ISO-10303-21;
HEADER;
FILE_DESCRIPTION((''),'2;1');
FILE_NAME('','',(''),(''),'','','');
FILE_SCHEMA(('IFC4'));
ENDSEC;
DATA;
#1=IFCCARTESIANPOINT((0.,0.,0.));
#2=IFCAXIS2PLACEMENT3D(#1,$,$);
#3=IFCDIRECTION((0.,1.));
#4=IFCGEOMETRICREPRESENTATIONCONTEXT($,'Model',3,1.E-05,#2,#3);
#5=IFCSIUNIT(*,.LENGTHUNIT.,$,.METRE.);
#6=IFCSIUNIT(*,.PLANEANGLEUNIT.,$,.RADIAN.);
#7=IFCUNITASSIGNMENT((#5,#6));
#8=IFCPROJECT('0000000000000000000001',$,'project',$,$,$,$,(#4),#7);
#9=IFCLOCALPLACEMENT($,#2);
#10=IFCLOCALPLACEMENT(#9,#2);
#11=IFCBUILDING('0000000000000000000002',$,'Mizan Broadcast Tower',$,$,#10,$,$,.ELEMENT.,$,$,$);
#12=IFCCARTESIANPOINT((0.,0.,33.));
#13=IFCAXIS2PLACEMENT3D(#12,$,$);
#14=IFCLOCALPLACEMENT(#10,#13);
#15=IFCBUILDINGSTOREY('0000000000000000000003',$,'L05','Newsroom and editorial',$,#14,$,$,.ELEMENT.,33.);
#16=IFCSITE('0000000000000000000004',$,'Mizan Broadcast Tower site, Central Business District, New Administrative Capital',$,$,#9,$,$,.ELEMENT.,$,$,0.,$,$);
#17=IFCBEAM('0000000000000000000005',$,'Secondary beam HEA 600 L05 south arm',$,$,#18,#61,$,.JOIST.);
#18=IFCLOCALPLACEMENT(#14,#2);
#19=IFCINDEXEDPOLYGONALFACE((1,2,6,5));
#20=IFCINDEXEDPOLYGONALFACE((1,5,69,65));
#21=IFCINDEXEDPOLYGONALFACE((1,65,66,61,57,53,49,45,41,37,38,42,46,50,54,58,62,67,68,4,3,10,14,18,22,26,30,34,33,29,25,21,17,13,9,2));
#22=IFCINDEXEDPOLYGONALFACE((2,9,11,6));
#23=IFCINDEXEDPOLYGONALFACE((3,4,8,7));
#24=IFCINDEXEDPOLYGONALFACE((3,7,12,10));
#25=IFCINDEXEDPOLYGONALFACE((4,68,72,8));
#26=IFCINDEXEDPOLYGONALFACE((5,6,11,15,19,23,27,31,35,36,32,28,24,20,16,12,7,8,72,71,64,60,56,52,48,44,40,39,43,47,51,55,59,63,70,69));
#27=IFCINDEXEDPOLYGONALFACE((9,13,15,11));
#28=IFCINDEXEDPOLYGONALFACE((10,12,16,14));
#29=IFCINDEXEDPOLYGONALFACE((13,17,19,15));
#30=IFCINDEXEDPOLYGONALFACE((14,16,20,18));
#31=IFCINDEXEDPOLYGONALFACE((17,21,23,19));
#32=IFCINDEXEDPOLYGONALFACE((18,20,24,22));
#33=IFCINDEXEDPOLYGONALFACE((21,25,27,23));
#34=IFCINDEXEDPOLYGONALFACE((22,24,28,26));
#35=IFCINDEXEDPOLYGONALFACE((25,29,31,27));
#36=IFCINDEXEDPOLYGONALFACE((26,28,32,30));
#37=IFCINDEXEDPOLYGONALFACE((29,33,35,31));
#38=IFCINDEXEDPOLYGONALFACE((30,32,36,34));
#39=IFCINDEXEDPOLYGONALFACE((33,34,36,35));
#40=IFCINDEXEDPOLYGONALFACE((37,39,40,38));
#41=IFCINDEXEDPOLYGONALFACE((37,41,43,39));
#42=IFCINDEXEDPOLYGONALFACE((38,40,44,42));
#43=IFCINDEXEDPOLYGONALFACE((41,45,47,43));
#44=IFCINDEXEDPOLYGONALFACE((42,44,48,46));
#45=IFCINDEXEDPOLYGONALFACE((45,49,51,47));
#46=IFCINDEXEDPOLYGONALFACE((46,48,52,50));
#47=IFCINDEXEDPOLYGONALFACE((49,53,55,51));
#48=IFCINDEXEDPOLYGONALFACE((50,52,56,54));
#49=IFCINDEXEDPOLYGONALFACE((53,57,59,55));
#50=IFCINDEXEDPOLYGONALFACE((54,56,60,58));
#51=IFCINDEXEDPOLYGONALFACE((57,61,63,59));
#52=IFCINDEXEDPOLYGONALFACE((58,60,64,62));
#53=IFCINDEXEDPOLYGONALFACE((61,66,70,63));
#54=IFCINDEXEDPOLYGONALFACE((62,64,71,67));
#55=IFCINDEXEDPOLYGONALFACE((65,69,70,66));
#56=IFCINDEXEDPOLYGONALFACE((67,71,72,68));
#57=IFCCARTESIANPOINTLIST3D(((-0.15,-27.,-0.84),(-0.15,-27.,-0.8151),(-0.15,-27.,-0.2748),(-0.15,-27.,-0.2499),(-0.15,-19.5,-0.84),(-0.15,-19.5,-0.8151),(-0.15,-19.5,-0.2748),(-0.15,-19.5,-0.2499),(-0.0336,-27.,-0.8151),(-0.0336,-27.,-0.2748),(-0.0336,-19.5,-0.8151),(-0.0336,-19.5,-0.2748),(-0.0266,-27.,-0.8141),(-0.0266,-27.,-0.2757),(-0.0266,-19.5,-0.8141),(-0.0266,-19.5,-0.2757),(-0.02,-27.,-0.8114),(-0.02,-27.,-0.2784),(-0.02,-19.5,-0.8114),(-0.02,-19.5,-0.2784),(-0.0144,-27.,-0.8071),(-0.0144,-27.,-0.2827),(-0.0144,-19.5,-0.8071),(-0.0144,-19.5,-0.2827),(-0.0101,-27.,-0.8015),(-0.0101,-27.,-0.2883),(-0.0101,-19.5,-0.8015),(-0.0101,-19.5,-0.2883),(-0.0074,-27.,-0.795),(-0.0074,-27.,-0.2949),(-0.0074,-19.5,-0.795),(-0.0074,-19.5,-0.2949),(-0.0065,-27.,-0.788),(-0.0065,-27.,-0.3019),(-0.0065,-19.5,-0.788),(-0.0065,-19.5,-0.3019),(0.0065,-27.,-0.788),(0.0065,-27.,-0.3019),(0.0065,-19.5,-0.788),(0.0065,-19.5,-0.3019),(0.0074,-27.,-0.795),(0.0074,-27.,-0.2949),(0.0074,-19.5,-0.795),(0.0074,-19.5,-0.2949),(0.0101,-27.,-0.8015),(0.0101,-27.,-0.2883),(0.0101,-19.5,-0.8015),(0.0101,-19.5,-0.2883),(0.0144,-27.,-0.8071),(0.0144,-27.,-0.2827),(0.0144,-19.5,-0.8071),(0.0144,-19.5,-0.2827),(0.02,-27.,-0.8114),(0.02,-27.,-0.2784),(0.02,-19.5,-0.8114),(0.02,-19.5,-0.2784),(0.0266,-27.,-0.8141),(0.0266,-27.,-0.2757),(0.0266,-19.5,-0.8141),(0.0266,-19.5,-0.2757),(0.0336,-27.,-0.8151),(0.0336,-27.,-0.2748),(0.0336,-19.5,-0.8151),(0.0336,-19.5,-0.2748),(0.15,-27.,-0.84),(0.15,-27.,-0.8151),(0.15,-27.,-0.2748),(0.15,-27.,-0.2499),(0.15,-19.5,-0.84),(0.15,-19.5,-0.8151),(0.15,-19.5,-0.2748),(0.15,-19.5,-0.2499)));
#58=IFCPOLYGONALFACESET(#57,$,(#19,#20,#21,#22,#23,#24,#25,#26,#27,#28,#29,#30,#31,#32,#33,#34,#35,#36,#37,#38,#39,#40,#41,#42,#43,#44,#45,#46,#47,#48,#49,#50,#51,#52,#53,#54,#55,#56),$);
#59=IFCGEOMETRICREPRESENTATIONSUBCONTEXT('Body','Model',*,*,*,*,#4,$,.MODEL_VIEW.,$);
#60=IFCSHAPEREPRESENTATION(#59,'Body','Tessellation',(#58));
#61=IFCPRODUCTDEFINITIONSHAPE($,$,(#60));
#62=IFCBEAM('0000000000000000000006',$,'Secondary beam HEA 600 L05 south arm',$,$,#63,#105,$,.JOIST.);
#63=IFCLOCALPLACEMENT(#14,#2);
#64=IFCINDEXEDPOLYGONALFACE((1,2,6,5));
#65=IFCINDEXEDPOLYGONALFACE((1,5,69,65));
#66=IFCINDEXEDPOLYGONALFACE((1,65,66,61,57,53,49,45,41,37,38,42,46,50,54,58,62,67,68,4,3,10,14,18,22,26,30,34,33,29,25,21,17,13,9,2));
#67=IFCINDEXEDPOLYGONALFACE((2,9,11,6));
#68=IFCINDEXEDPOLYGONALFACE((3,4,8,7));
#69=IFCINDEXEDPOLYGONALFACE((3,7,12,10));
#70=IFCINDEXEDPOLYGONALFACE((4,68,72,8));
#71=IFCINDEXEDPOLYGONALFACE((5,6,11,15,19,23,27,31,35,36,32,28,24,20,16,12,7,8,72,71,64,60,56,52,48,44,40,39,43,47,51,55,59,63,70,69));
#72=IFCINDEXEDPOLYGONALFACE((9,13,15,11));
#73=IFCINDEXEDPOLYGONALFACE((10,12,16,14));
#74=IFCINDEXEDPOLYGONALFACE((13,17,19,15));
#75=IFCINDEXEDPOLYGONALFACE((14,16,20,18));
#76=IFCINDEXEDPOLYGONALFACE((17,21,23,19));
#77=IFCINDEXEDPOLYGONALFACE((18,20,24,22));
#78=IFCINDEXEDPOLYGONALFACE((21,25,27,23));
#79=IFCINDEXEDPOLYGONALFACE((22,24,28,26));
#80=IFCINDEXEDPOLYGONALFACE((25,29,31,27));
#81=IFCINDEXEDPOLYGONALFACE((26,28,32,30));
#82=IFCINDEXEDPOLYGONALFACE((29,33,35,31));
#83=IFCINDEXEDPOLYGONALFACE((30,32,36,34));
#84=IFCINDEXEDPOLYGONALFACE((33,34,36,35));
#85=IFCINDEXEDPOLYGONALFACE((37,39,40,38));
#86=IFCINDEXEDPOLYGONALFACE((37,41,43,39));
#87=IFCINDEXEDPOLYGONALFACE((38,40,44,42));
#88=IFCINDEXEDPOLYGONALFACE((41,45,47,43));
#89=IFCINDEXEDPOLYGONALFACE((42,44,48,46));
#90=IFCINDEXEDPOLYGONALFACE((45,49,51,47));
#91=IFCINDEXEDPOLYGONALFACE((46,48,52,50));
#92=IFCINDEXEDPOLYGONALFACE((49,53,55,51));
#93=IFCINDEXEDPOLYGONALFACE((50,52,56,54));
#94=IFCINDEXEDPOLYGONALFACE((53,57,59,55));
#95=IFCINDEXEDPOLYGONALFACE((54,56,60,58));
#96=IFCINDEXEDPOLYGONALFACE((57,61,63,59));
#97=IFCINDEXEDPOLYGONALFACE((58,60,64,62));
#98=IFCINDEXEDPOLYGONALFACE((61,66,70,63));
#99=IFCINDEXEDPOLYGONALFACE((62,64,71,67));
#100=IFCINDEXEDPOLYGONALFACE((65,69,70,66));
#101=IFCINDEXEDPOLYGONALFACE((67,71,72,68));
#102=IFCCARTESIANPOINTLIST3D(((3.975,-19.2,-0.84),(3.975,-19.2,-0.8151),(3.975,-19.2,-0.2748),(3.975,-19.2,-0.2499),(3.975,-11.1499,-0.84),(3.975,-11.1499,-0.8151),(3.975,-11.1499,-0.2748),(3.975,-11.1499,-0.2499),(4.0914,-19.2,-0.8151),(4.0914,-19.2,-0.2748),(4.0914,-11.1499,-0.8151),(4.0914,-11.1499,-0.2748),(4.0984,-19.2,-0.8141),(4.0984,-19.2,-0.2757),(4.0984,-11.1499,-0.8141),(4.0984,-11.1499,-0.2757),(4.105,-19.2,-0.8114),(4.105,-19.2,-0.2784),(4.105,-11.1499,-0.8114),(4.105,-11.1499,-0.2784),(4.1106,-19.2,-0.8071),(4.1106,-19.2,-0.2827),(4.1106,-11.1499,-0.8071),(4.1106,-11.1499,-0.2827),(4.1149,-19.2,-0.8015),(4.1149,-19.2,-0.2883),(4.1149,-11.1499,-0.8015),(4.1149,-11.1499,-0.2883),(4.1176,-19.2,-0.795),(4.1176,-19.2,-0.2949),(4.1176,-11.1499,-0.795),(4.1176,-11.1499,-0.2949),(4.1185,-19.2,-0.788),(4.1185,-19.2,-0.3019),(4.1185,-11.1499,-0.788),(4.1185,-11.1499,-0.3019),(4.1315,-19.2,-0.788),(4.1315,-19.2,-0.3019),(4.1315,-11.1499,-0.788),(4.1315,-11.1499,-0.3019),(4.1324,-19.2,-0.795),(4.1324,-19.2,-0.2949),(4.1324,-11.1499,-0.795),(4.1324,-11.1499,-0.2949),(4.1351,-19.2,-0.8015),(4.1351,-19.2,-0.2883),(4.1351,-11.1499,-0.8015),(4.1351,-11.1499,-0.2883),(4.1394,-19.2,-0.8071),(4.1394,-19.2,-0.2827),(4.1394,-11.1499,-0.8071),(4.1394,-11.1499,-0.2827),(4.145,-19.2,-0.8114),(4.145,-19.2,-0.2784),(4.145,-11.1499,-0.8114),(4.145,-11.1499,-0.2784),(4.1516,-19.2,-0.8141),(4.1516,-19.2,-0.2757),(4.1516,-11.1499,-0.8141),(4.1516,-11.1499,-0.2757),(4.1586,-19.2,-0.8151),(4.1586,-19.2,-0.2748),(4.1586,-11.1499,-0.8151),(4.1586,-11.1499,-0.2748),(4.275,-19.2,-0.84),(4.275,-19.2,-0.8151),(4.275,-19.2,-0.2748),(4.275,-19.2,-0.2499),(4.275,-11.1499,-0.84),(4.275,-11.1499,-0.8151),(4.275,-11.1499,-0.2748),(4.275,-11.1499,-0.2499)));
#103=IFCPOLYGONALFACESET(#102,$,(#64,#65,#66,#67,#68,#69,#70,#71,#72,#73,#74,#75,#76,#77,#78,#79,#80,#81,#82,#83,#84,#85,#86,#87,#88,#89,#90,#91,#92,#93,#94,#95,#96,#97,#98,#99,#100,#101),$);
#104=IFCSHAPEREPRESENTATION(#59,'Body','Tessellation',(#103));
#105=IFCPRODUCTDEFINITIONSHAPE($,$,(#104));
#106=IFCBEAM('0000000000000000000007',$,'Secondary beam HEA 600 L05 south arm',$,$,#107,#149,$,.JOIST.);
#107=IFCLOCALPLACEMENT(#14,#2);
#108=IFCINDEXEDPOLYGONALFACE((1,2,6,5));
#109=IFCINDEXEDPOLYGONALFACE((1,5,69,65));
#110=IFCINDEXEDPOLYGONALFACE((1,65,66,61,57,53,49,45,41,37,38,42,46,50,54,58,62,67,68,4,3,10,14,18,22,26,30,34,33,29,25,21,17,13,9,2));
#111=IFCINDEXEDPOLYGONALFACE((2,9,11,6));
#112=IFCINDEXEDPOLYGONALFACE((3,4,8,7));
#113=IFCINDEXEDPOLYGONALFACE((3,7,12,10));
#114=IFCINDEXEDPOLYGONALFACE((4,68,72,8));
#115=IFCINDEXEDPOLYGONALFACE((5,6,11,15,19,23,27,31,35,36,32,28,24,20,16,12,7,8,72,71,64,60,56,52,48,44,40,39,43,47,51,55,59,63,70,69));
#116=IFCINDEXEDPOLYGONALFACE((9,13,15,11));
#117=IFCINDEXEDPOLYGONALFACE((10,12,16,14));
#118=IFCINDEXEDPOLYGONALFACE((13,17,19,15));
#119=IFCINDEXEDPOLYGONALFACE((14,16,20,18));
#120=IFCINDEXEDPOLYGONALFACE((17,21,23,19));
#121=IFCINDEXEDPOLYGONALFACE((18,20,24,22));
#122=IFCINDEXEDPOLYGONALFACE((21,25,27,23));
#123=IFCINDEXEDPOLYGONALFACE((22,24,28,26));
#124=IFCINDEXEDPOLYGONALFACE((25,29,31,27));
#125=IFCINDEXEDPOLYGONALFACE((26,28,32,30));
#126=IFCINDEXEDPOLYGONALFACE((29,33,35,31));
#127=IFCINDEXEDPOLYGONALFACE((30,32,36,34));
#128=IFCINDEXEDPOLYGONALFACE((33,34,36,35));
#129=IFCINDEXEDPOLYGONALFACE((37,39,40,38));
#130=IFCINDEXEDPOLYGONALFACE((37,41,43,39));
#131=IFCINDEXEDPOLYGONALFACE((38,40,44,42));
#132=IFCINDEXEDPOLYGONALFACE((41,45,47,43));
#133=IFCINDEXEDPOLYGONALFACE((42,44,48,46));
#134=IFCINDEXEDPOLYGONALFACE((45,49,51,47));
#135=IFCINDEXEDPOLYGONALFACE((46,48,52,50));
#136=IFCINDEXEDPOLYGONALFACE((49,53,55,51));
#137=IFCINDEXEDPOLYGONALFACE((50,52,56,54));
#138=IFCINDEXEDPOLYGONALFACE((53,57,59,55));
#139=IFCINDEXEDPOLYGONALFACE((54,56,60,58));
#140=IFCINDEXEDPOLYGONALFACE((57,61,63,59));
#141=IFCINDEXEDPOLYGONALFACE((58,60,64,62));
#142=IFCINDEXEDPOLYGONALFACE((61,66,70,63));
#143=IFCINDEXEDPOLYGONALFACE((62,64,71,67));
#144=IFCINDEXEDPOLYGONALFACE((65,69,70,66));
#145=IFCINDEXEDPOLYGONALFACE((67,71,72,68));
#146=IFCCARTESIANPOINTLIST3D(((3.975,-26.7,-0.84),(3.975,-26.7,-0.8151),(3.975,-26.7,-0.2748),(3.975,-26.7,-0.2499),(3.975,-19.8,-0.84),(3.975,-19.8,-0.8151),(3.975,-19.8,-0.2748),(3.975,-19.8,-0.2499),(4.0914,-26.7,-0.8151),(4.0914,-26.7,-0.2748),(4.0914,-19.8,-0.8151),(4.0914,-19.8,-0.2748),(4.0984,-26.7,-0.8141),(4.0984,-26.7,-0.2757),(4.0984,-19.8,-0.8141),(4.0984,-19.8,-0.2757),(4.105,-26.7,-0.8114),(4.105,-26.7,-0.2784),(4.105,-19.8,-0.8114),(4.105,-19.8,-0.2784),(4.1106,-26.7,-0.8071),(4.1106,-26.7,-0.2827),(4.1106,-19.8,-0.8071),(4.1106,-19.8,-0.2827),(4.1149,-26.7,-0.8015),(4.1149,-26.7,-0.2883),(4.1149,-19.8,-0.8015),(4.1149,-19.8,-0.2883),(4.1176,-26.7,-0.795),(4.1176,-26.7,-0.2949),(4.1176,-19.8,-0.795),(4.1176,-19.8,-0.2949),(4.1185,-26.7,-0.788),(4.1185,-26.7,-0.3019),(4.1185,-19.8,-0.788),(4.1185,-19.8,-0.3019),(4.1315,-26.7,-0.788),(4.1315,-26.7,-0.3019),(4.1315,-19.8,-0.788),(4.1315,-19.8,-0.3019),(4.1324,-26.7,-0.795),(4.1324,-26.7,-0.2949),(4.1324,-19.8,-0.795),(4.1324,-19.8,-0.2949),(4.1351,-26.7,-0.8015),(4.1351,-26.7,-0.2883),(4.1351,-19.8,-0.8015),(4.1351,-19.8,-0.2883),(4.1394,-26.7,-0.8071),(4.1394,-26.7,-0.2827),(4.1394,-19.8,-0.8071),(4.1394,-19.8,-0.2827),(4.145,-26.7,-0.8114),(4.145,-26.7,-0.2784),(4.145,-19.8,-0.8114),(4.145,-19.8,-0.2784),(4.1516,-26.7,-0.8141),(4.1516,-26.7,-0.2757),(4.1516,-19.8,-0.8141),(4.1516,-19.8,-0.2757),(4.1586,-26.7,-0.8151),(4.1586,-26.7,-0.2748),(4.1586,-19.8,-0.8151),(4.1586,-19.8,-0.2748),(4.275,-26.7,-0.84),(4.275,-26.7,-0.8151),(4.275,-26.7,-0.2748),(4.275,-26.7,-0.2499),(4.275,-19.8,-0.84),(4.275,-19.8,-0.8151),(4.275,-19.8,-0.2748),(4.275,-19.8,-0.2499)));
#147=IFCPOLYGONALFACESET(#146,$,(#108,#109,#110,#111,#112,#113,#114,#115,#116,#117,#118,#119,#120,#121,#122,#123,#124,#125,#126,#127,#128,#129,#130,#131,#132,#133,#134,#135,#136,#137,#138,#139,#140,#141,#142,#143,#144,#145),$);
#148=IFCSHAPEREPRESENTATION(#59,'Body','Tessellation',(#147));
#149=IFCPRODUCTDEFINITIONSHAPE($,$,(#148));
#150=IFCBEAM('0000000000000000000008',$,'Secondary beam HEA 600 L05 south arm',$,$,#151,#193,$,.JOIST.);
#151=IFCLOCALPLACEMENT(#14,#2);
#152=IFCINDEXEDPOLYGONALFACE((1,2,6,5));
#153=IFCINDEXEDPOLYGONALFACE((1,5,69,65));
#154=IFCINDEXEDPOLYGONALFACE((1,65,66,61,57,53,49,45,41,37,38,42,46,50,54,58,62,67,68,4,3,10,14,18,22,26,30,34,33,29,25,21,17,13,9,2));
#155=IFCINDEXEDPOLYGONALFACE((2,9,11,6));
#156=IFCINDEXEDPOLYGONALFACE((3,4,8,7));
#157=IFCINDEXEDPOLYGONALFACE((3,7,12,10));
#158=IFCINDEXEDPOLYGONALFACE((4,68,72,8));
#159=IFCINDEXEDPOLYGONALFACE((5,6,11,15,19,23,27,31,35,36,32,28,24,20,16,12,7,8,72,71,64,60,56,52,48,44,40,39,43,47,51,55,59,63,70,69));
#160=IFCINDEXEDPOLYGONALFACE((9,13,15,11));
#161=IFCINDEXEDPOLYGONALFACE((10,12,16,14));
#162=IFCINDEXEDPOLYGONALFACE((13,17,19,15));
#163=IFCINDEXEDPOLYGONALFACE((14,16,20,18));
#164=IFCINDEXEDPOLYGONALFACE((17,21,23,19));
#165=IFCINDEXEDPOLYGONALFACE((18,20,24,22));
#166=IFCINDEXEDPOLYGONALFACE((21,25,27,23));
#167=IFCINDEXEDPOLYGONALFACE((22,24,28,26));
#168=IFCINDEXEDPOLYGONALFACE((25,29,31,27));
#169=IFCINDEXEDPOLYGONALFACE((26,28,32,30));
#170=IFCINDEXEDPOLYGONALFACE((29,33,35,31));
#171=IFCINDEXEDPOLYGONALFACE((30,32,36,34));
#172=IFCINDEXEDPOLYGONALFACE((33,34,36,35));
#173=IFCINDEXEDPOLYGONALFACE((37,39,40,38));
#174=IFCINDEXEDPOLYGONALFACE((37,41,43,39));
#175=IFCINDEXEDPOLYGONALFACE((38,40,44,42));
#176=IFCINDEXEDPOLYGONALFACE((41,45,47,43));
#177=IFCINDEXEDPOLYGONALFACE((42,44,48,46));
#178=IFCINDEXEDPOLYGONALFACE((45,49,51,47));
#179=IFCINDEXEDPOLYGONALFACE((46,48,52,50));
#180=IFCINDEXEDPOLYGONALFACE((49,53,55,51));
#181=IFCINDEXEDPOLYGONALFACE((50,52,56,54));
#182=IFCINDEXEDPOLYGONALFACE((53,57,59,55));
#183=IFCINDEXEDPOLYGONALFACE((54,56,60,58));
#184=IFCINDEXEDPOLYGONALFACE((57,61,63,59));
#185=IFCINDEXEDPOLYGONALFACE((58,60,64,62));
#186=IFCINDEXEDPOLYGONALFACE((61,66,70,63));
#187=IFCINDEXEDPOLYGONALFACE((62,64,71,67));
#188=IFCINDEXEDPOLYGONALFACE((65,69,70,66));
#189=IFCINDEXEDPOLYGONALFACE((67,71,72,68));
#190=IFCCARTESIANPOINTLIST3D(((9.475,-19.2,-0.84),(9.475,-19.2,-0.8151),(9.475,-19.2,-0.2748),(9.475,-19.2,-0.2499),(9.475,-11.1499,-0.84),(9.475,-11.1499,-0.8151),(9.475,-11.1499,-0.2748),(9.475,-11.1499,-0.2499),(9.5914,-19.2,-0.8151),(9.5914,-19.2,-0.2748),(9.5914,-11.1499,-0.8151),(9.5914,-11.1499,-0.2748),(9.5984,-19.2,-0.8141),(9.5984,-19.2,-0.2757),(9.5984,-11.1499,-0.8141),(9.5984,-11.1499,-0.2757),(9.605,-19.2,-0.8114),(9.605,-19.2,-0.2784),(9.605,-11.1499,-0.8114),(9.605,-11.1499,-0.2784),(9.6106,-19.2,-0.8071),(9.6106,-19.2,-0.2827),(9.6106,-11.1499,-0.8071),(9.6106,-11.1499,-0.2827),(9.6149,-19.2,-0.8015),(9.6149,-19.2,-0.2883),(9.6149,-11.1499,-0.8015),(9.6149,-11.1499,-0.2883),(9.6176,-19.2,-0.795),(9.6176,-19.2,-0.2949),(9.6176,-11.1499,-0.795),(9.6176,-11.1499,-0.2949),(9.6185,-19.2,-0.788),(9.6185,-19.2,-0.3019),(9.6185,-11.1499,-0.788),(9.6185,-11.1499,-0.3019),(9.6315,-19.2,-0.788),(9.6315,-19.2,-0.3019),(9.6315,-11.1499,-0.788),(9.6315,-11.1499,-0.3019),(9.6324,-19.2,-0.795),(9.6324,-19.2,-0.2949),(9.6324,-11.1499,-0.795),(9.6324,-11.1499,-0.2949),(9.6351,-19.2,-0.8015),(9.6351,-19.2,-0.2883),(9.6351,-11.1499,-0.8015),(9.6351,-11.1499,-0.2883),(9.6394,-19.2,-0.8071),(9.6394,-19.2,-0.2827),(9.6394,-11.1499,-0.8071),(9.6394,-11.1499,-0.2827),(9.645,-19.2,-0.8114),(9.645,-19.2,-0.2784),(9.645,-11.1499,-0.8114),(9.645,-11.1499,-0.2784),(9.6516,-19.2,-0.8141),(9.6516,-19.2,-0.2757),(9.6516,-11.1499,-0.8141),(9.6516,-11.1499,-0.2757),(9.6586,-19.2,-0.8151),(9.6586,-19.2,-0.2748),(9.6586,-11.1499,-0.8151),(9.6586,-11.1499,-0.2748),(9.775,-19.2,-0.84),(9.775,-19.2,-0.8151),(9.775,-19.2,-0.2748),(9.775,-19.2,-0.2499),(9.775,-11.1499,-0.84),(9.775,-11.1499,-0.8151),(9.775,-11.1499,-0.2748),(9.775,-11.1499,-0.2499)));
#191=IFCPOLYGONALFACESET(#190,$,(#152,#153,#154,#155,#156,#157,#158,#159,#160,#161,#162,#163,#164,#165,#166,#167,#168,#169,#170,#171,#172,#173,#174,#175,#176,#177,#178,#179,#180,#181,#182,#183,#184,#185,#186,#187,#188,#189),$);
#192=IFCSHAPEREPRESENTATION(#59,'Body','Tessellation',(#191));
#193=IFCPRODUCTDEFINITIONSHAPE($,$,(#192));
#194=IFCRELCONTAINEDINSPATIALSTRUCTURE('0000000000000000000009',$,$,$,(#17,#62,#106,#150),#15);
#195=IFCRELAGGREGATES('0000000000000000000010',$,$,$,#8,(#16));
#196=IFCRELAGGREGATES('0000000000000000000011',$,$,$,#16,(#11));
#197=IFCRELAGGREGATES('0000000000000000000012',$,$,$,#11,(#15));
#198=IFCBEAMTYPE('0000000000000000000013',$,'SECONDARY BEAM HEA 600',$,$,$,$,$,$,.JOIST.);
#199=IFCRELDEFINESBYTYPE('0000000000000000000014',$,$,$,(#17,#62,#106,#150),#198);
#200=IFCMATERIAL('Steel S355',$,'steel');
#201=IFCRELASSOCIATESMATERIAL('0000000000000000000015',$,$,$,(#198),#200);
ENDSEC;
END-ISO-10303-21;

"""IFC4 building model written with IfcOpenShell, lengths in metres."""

from ifc_helpers import new_model, si_unit, direction, frame, origin, origin_2d, place, context, subcontext, project, spatial, i_section, extrude, material, material_profile, profile_set, type_object, element, save


model = new_model("IFC4")

# Units and contexts
model_context = context("Model", 3, precision=1e-05, world=origin(), true_north=direction((0.0, 1.0)))
body_context = subcontext(model_context, "Body", "Model", "MODEL_VIEW")
ifc_project = project(units=[si_unit("LENGTHUNIT", "METRE"), si_unit("PLANEANGLEUNIT", "RADIAN")], contexts=[model_context])

# Site, building, storey
site_placement = place(None, origin())
site = spatial("IfcSite", under=ifc_project, at=site_placement, Name="Mizan Broadcast Tower site, Central Business District, New Administrative Capital", CompositionType="ELEMENT", RefElevation=0.0)
building_placement = place(site_placement, origin())
building = spatial("IfcBuilding", under=site, at=building_placement, Name="Mizan Broadcast Tower", CompositionType="ELEMENT")
storey_placement = place(building_placement, frame((0.0, 0.0, 33.0)))
storey = spatial("IfcBuildingStorey", under=building, at=storey_placement, Name="L05", Description="Newsroom and editorial", CompositionType="ELEMENT", Elevation=33.0)

# Beams
ifc_material_1 = material(Name="Steel S355", Category="steel")
ifc_material_profile_1 = material_profile(ifc_material_1, i_section(OverallWidth=0.3, OverallDepth=0.5901, WebThickness=0.0129, FlangeThickness=0.0249, FilletRadius=0.0271, at=origin_2d()), Name="HEA 600")
ifc_profile_set_1 = profile_set([ifc_material_profile_1], Name="Steel S355")
beam_type_1 = type_object("IfcBeamType", Name="SECONDARY BEAM HEA 600", PredefinedType="JOIST", material=ifc_profile_set_1)
beam_1_placement = place(storey_placement, frame((0.0, -19.5, -0.5449), z_axis=(0.0, -1.0, 0.0), x_axis=(1.0, 0.0, 0.0)))
element("IfcBeam", 1, at=beam_1_placement, inside=storey, type_object=beam_type_1, Name="Secondary beam HEA 600 L05 south arm", PredefinedType="JOIST", context=body_context, shape_type="SweptSolid", body=[
    extrude(i_section(OverallWidth=0.3, OverallDepth=0.5901, WebThickness=0.0129, FlangeThickness=0.0249, FilletRadius=0.0271, at=origin_2d()), origin(), (0.0, 0.0, 1.0), 7.5),
])
beam_2_placement = place(storey_placement, frame((4.125, -11.1499, -0.5449), z_axis=(0.0, -1.0, 0.0), x_axis=(1.0, 0.0, 0.0)))
element("IfcBeam", 2, at=beam_2_placement, inside=storey, type_object=beam_type_1, Name="Secondary beam HEA 600 L05 south arm", PredefinedType="JOIST", context=body_context, shape_type="SweptSolid", body=[
    extrude(i_section(OverallWidth=0.3, OverallDepth=0.5901, WebThickness=0.0129, FlangeThickness=0.0249, FilletRadius=0.0271, at=origin_2d()), origin(), (0.0, 0.0, 1.0), 8.05),
])
beam_3_placement = place(storey_placement, frame((4.125, -19.8, -0.5449), z_axis=(0.0, -1.0, 0.0), x_axis=(1.0, 0.0, 0.0)))
element("IfcBeam", 3, at=beam_3_placement, inside=storey, type_object=beam_type_1, Name="Secondary beam HEA 600 L05 south arm", PredefinedType="JOIST", context=body_context, shape_type="SweptSolid", body=[
    extrude(i_section(OverallWidth=0.3, OverallDepth=0.5901, WebThickness=0.0129, FlangeThickness=0.0249, FilletRadius=0.0271, at=origin_2d()), origin(), (0.0, 0.0, 1.0), 6.8999),
])
beam_4_placement = place(storey_placement, frame((9.625, -11.1499, -0.5449), z_axis=(0.0, -1.0, 0.0), x_axis=(1.0, 0.0, 0.0)))
element("IfcBeam", 4, at=beam_4_placement, inside=storey, type_object=beam_type_1, Name="Secondary beam HEA 600 L05 south arm", PredefinedType="JOIST", context=body_context, shape_type="SweptSolid", body=[
    extrude(i_section(OverallWidth=0.3, OverallDepth=0.5901, WebThickness=0.0129, FlangeThickness=0.0249, FilletRadius=0.0271, at=origin_2d()), origin(), (0.0, 0.0, 1.0), 8.05),
])

save(model, "model.ifc")
